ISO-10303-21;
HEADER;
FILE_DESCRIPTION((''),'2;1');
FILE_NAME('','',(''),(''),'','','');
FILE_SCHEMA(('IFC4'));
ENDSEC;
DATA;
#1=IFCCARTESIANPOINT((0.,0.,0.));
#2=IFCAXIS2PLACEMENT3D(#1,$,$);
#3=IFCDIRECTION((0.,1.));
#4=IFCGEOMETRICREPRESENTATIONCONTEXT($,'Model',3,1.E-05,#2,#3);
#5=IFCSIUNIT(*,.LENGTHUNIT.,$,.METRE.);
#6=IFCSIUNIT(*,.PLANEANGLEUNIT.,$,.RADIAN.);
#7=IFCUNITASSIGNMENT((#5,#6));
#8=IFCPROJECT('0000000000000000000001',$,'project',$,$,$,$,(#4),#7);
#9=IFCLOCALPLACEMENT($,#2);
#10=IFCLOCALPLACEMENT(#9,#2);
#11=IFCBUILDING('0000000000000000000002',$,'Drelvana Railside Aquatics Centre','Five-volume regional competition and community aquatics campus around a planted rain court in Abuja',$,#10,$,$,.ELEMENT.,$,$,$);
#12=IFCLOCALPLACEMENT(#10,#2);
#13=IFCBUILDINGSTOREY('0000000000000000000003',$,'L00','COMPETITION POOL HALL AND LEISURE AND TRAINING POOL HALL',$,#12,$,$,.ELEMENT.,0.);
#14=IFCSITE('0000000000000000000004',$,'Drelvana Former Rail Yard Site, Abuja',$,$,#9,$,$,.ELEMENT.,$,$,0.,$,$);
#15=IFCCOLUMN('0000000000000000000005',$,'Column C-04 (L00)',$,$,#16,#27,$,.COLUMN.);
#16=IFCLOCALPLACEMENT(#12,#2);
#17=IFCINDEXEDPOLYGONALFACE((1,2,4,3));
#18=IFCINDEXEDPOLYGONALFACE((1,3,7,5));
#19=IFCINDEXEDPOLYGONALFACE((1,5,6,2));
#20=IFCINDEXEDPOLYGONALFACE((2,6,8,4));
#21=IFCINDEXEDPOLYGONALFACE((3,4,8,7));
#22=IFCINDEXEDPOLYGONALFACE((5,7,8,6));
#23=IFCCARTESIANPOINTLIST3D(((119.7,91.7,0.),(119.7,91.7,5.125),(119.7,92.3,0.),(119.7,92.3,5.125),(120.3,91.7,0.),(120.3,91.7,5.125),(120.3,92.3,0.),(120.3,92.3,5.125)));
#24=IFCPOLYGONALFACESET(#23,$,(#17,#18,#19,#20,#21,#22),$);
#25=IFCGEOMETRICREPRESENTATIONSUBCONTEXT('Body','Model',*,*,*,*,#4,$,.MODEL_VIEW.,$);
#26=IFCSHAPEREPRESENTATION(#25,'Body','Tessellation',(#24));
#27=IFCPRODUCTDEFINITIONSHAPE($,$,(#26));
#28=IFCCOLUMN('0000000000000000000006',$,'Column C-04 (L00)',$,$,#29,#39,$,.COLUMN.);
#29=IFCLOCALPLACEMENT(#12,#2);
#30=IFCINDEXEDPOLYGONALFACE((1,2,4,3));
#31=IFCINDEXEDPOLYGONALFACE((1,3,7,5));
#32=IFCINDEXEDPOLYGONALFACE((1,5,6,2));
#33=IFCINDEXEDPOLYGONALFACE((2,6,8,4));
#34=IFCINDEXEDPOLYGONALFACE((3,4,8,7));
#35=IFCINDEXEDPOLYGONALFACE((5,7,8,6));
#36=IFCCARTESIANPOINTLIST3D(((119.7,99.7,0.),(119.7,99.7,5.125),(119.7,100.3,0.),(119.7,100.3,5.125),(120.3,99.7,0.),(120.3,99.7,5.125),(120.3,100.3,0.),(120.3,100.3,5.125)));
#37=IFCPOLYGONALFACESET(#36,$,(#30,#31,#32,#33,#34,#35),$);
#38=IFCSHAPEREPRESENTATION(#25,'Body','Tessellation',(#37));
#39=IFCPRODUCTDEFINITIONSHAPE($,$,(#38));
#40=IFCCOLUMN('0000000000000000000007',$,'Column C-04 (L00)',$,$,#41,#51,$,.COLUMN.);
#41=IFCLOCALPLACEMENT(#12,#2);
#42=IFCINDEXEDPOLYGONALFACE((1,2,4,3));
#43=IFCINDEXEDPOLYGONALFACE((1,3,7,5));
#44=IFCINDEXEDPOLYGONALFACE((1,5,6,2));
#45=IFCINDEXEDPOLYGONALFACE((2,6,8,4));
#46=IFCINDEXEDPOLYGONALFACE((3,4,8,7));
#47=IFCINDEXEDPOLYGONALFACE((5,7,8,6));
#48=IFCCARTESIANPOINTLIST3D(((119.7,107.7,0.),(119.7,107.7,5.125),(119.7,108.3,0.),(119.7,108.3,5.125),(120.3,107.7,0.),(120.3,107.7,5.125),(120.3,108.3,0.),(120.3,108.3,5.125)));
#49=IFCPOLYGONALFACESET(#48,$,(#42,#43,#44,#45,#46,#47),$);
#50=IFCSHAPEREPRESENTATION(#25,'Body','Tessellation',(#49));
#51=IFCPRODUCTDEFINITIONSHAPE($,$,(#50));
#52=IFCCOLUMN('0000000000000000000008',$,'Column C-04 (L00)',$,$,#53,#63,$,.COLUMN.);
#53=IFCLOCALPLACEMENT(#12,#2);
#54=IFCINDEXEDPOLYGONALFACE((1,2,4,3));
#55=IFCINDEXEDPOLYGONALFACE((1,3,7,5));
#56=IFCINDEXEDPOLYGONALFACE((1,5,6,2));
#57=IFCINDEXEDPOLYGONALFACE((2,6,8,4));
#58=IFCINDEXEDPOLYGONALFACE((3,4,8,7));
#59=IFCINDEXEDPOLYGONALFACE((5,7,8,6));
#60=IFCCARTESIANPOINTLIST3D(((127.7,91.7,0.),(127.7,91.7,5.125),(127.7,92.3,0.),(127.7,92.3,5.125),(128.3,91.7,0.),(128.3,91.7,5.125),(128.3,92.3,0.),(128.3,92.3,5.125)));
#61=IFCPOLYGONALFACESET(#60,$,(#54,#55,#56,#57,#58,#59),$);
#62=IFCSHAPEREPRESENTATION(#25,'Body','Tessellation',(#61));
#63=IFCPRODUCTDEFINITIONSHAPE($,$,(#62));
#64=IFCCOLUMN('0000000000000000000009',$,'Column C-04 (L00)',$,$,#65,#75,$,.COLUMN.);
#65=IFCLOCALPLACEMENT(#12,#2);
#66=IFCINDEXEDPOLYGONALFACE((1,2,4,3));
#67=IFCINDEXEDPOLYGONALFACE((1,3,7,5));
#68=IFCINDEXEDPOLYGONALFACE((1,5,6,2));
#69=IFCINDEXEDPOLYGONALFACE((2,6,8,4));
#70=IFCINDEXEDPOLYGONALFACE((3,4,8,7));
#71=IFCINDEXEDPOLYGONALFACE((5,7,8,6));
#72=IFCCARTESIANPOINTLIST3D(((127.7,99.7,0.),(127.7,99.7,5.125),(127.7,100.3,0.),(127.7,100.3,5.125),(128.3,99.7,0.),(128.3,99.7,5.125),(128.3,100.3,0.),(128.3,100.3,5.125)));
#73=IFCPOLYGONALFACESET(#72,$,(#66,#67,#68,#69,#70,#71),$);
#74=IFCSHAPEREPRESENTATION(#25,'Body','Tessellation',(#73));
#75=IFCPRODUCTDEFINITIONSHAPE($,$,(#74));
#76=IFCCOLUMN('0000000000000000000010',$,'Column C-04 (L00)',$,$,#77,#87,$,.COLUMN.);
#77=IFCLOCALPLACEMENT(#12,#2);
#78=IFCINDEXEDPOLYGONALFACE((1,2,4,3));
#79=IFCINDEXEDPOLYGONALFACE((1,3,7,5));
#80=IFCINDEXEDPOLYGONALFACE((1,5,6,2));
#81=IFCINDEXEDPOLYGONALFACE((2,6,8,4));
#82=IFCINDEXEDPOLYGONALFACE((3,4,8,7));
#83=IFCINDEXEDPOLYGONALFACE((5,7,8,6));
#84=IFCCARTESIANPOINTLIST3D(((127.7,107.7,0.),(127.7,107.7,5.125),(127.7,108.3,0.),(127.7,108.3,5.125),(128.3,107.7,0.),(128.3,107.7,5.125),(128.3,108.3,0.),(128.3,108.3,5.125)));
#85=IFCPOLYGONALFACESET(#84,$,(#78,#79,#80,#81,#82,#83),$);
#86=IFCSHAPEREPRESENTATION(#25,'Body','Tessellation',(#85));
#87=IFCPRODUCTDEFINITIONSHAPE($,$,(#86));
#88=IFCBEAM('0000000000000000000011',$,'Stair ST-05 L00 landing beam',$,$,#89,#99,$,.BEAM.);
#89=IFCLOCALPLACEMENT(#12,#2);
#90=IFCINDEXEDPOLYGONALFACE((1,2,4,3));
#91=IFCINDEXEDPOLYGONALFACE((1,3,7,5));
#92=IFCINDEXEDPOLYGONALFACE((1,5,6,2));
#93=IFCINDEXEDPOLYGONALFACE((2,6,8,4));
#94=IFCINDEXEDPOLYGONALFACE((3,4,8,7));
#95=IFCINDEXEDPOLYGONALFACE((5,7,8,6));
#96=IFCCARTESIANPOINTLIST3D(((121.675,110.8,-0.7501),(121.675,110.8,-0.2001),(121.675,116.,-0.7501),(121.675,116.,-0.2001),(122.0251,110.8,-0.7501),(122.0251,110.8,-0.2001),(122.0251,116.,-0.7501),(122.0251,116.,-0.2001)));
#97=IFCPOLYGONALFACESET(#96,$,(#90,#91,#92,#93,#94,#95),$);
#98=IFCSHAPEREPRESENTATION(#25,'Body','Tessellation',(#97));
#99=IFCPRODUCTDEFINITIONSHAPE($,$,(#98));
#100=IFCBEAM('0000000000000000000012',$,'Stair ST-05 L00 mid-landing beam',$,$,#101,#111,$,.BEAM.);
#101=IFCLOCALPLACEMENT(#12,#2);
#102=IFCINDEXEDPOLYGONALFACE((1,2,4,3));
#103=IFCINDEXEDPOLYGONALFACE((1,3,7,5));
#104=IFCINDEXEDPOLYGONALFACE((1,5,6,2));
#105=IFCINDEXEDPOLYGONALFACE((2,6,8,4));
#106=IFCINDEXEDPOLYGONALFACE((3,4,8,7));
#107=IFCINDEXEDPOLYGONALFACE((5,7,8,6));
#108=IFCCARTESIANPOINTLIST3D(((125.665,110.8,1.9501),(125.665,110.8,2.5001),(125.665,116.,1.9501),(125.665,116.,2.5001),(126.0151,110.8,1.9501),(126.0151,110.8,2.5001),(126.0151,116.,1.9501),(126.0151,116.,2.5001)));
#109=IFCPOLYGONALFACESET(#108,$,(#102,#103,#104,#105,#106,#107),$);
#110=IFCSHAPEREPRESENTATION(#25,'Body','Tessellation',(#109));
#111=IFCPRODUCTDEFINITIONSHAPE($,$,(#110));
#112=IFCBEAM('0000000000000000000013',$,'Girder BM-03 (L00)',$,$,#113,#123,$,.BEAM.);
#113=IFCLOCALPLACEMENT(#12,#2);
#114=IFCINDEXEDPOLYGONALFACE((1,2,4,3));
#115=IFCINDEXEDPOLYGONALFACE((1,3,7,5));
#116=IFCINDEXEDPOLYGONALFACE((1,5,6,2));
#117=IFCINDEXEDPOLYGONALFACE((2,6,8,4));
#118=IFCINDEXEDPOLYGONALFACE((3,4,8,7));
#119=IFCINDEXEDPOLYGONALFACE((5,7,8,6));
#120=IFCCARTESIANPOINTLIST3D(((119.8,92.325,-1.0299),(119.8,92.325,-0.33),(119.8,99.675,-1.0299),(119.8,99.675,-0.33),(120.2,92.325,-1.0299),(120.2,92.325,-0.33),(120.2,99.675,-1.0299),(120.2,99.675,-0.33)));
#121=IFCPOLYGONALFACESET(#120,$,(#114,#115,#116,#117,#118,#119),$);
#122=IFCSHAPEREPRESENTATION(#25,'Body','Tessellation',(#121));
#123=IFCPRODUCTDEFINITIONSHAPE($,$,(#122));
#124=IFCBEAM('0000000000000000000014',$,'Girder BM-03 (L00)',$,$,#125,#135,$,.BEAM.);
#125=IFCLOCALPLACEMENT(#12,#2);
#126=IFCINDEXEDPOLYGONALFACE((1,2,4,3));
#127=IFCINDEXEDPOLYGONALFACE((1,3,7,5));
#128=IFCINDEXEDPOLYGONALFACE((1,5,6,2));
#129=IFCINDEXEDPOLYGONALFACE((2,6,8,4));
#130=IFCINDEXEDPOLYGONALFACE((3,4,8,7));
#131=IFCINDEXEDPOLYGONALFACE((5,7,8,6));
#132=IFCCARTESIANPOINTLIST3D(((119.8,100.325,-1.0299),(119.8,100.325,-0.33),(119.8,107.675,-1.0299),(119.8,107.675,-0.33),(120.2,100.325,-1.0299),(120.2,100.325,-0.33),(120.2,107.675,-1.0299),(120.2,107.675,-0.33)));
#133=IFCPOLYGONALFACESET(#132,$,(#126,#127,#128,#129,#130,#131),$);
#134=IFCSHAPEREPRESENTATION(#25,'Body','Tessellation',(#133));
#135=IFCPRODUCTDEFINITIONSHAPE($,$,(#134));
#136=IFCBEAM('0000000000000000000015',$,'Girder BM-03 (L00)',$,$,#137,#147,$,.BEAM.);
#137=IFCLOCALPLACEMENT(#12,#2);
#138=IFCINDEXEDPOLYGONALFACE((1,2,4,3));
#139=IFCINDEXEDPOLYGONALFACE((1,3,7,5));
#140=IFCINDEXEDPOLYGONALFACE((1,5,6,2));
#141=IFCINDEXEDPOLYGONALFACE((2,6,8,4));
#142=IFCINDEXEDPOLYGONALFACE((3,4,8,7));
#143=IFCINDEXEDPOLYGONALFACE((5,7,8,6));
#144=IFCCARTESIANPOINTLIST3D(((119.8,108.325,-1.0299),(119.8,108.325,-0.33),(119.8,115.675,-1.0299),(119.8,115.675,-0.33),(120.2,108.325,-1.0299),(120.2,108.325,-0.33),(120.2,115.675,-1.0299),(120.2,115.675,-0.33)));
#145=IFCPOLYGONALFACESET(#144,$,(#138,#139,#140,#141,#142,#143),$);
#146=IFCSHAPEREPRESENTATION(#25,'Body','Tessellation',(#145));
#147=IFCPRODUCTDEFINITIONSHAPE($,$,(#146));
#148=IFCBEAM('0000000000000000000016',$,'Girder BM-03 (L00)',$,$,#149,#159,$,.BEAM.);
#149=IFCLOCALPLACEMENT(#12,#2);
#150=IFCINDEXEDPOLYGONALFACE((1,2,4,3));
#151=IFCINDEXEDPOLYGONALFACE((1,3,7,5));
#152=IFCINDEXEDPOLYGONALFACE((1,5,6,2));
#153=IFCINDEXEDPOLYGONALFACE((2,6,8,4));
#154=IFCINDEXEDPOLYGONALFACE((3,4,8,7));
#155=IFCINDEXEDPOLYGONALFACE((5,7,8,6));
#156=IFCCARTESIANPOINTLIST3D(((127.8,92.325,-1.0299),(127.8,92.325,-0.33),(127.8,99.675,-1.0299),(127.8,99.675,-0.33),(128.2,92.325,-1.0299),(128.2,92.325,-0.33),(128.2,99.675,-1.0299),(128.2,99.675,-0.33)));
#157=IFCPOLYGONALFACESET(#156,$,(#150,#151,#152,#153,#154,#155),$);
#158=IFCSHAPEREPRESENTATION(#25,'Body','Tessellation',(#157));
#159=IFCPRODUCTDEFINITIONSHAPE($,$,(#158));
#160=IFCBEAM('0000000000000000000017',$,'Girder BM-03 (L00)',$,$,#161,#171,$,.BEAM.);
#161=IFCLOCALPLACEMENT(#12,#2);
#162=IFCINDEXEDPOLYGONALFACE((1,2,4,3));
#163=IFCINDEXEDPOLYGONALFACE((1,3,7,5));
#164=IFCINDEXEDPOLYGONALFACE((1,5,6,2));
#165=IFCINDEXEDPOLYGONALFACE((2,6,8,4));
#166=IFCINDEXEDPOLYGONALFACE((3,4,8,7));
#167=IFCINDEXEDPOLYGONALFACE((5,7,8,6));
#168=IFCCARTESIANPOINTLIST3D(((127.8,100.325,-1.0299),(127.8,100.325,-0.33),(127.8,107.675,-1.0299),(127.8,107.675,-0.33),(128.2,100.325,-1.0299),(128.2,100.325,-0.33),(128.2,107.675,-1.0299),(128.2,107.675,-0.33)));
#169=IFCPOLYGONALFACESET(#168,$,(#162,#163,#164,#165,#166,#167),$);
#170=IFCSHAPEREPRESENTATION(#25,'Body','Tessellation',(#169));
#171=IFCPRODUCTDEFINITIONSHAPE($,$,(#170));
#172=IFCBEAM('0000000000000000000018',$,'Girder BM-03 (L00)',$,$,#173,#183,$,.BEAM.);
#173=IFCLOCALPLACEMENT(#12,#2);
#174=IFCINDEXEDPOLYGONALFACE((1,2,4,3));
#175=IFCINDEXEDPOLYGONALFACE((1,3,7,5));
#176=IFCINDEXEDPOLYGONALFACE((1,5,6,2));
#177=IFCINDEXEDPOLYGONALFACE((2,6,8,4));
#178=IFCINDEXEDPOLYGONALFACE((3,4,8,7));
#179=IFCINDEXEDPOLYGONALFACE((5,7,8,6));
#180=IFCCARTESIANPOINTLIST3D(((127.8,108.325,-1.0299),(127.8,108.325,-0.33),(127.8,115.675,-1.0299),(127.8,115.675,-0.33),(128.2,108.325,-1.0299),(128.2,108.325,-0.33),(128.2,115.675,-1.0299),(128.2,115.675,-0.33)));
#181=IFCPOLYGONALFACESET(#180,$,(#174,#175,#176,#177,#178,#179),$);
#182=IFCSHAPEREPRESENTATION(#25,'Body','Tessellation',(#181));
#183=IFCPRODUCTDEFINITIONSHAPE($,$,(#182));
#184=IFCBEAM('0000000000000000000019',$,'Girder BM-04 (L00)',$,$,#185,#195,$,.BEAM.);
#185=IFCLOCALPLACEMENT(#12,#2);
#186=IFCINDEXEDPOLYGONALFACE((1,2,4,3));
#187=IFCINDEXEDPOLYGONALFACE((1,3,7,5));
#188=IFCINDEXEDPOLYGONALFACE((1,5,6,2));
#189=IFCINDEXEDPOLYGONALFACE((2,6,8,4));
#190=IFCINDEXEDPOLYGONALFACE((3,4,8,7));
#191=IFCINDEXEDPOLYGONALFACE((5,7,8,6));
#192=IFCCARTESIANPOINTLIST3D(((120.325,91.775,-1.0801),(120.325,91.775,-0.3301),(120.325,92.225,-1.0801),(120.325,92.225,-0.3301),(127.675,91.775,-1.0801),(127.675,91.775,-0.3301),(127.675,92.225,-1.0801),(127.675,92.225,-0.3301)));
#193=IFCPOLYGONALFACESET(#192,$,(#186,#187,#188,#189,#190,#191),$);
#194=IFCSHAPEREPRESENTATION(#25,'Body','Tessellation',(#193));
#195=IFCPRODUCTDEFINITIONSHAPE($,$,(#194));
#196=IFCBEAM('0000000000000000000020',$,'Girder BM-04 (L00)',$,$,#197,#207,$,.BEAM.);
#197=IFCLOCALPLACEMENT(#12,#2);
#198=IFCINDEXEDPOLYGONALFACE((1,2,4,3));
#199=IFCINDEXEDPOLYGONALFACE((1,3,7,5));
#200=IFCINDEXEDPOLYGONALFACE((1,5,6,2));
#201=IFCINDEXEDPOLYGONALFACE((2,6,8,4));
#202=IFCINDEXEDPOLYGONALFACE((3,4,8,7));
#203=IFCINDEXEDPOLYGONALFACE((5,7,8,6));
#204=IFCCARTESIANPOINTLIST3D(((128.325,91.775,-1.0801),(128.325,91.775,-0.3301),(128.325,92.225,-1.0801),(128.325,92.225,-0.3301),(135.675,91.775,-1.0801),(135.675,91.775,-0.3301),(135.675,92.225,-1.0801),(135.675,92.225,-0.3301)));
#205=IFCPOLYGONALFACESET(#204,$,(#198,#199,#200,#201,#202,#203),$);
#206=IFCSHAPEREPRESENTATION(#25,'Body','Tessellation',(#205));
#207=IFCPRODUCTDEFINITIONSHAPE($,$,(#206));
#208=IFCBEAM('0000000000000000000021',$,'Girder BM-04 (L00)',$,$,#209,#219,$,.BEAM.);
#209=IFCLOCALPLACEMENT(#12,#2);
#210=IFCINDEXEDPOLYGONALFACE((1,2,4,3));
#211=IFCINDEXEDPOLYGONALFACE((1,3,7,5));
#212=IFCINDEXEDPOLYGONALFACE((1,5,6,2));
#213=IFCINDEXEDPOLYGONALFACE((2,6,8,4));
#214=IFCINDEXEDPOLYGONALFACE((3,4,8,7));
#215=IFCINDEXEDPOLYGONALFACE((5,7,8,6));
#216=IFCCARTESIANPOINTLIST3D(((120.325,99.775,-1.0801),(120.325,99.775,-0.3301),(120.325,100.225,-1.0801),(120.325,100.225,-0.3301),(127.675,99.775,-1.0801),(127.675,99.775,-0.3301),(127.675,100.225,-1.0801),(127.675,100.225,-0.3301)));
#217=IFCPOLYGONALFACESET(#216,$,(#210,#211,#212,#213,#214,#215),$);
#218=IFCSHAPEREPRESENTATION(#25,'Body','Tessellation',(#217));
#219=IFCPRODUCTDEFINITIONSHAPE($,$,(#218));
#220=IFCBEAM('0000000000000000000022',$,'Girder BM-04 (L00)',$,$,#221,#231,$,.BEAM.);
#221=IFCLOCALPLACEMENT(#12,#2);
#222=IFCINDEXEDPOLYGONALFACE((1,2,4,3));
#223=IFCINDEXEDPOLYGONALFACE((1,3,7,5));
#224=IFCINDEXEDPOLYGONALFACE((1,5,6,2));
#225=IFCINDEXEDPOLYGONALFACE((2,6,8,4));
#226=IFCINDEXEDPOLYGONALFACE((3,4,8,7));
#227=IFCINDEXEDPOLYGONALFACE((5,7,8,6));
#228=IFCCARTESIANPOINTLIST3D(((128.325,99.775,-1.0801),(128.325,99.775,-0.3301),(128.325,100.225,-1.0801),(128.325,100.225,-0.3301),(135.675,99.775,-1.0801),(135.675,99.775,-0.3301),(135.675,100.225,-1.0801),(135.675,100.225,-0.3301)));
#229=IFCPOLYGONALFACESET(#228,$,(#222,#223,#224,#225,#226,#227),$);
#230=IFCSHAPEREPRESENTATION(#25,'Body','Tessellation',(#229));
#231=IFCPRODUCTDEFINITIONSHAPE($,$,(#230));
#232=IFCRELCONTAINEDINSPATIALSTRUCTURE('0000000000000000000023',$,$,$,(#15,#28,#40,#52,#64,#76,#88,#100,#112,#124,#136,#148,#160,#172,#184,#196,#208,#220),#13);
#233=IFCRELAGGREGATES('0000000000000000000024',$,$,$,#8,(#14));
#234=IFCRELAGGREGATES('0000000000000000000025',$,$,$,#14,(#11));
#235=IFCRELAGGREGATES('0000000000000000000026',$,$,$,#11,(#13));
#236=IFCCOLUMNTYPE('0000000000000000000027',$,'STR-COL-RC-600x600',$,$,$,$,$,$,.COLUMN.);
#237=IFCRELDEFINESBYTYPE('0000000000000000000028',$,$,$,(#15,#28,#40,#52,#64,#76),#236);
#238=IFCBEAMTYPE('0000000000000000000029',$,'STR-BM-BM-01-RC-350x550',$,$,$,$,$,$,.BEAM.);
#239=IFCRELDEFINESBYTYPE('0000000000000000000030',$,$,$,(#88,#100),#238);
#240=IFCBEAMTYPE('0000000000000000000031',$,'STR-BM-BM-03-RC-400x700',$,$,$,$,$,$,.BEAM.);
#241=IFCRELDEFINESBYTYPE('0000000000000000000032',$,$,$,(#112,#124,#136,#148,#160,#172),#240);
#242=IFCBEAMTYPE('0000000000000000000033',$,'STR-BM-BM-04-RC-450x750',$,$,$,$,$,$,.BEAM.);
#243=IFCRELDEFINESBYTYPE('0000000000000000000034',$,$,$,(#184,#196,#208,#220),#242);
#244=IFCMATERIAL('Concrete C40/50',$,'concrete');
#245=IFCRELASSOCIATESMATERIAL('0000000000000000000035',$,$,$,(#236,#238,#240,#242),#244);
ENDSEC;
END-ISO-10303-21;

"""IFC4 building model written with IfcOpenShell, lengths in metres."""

from ifc_helpers import new_model, si_unit, direction, frame, origin, origin_2d, place, context, subcontext, project, spatial, rectangle, extrude, material, material_profile, profile_set, type_object, element, save


model = new_model("IFC4")

# Units and contexts
model_context = context("Model", 3, precision=1e-05, world=origin(), true_north=direction((0.0, 1.0)))
body_context = subcontext(model_context, "Body", "Model", "MODEL_VIEW")
ifc_project = project(units=[si_unit("LENGTHUNIT", "METRE"), si_unit("PLANEANGLEUNIT", "RADIAN")], contexts=[model_context])

# Site, building, storey
site_placement = place(None, origin())
site = spatial("IfcSite", under=ifc_project, at=site_placement, Name="Drelvana Former Rail Yard Site, Abuja", CompositionType="ELEMENT", RefElevation=0.0)
building_placement = place(site_placement, origin())
building = spatial("IfcBuilding", under=site, at=building_placement, Name="Drelvana Railside Aquatics Centre", Description="Five-volume regional competition and community aquatics campus around a planted rain court in Abuja", CompositionType="ELEMENT")
storey_placement = place(building_placement, origin())
storey = spatial("IfcBuildingStorey", under=building, at=storey_placement, Name="L00", Description="COMPETITION POOL HALL AND LEISURE AND TRAINING POOL HALL", CompositionType="ELEMENT", Elevation=0.0)

# Columns
ifc_material_1 = material(Name="Concrete C40/50", Category="concrete")
ifc_material_profile_1 = material_profile(ifc_material_1, rectangle(XDim=0.6001, YDim=0.6001, at=origin_2d()), Name="RC 600x600")
ifc_profile_set_1 = profile_set([ifc_material_profile_1], Name="Concrete C40/50")
column_type = type_object("IfcColumnType", Name="STR-COL-RC-600x600", PredefinedType="COLUMN", material=ifc_profile_set_1)
for number, where, z_axis, x_axis, name in (
    (1, (120.0, 92.0, 0.0), (0.0, 0.0, 1.0), (1.0, 0.0, 0.0), "Column C-04 (L00)"),
    (2, (120.0, 100.0, 0.0), (0.0, 0.0, 1.0), (1.0, 0.0, 0.0), "Column C-04 (L00)"),
    (3, (120.0, 108.0, 0.0), (0.0, 0.0, 1.0), (1.0, 0.0, 0.0), "Column C-04 (L00)"),
    (4, (128.0, 92.0, 0.0), (0.0, 0.0, 1.0), (1.0, 0.0, 0.0), "Column C-04 (L00)"),
    (5, (128.0, 100.0, 0.0), (0.0, 0.0, 1.0), (1.0, 0.0, 0.0), "Column C-04 (L00)"),
    (6, (128.0, 108.0, 0.0), (0.0, 0.0, 1.0), (1.0, 0.0, 0.0), "Column C-04 (L00)"),
):
    element("IfcColumn", number, at=place(storey_placement, frame(where, z_axis=z_axis, x_axis=x_axis)), inside=storey, type_object=column_type, Name=name, PredefinedType="COLUMN", context=body_context, shape_type="SweptSolid", body=[
        extrude(rectangle(XDim=0.6001, YDim=0.6001, at=origin_2d()), origin(), (0.0, 0.0, 1.0), 5.125),
    ])

# Beams
ifc_material_profile_2 = material_profile(ifc_material_1, rectangle(XDim=0.3501, YDim=0.55, at=origin_2d()), Name="RC 350x550")
ifc_profile_set_2 = profile_set([ifc_material_profile_2], Name="Concrete C40/50")
beam_type_1 = type_object("IfcBeamType", Name="STR-BM-BM-01-RC-350x550", PredefinedType="BEAM", material=ifc_profile_set_2)
for number, where, z_axis, x_axis, name in (
    (7, (121.8501, 110.8, -0.4751), (0.0, 1.0, 0.0), (-1.0, 0.0, 0.0), "Stair ST-05 L00 landing beam"),
    (8, (125.8401, 110.8, 2.2251), (0.0, 1.0, 0.0), (-1.0, 0.0, 0.0), "Stair ST-05 L00 mid-landing beam"),
):
    element("IfcBeam", number, at=place(storey_placement, frame(where, z_axis=z_axis, x_axis=x_axis)), inside=storey, type_object=beam_type_1, Name=name, PredefinedType="BEAM", context=body_context, shape_type="SweptSolid", body=[
        extrude(rectangle(XDim=0.3501, YDim=0.55, at=origin_2d()), origin(), (0.0, 0.0, 1.0), 5.2),
    ])
ifc_material_profile_3 = material_profile(ifc_material_1, rectangle(XDim=0.3999, YDim=0.7, at=origin_2d()), Name="RC 400x700")
ifc_profile_set_3 = profile_set([ifc_material_profile_3], Name="Concrete C40/50")
beam_type_2 = type_object("IfcBeamType", Name="STR-BM-BM-03-RC-400x700", PredefinedType="BEAM", material=ifc_profile_set_3)
for number, where, z_axis, x_axis, name in (
    (9, (120.0, 92.325, -0.6799), (0.0, 1.0, 0.0), (-1.0, 0.0, 0.0), "Girder BM-03 (L00)"),
    (10, (120.0, 100.325, -0.6799), (0.0, 1.0, 0.0), (-1.0, 0.0, 0.0), "Girder BM-03 (L00)"),
    (11, (120.0, 108.325, -0.6799), (0.0, 1.0, 0.0), (-1.0, 0.0, 0.0), "Girder BM-03 (L00)"),
    (12, (128.0, 92.325, -0.6799), (0.0, 1.0, 0.0), (-1.0, 0.0, 0.0), "Girder BM-03 (L00)"),
    (13, (128.0, 100.325, -0.6799), (0.0, 1.0, 0.0), (-1.0, 0.0, 0.0), "Girder BM-03 (L00)"),
    (14, (128.0, 108.325, -0.6799), (0.0, 1.0, 0.0), (-1.0, 0.0, 0.0), "Girder BM-03 (L00)"),
):
    element("IfcBeam", number, at=place(storey_placement, frame(where, z_axis=z_axis, x_axis=x_axis)), inside=storey, type_object=beam_type_2, Name=name, PredefinedType="BEAM", context=body_context, shape_type="SweptSolid", body=[
        extrude(rectangle(XDim=0.3999, YDim=0.7, at=origin_2d()), origin(), (0.0, 0.0, 1.0), 7.3501),
    ])
ifc_material_profile_4 = material_profile(ifc_material_1, rectangle(XDim=0.45, YDim=0.75, at=origin_2d()), Name="RC 450x750")
ifc_profile_set_4 = profile_set([ifc_material_profile_4], Name="Concrete C40/50")
beam_type_3 = type_object("IfcBeamType", Name="STR-BM-BM-04-RC-450x750", PredefinedType="BEAM", material=ifc_profile_set_4)
for number, where, z_axis, x_axis, name in (
    (15, (120.325, 92.0, -0.7051), (1.0, 0.0, 0.0), (0.0, 1.0, 0.0), "Girder BM-04 (L00)"),
    (16, (128.325, 92.0, -0.7051), (1.0, 0.0, 0.0), (0.0, 1.0, 0.0), "Girder BM-04 (L00)"),
    (17, (120.325, 100.0, -0.7051), (1.0, 0.0, 0.0), (0.0, 1.0, 0.0), "Girder BM-04 (L00)"),
    (18, (128.325, 100.0, -0.7051), (1.0, 0.0, 0.0), (0.0, 1.0, 0.0), "Girder BM-04 (L00)"),
):
    element("IfcBeam", number, at=place(storey_placement, frame(where, z_axis=z_axis, x_axis=x_axis)), inside=storey, type_object=beam_type_3, Name=name, PredefinedType="BEAM", context=body_context, shape_type="SweptSolid", body=[
        extrude(rectangle(XDim=0.45, YDim=0.75, at=origin_2d()), origin(), (0.0, 0.0, 1.0), 7.3501),
    ])

save(model, "model.ifc")
